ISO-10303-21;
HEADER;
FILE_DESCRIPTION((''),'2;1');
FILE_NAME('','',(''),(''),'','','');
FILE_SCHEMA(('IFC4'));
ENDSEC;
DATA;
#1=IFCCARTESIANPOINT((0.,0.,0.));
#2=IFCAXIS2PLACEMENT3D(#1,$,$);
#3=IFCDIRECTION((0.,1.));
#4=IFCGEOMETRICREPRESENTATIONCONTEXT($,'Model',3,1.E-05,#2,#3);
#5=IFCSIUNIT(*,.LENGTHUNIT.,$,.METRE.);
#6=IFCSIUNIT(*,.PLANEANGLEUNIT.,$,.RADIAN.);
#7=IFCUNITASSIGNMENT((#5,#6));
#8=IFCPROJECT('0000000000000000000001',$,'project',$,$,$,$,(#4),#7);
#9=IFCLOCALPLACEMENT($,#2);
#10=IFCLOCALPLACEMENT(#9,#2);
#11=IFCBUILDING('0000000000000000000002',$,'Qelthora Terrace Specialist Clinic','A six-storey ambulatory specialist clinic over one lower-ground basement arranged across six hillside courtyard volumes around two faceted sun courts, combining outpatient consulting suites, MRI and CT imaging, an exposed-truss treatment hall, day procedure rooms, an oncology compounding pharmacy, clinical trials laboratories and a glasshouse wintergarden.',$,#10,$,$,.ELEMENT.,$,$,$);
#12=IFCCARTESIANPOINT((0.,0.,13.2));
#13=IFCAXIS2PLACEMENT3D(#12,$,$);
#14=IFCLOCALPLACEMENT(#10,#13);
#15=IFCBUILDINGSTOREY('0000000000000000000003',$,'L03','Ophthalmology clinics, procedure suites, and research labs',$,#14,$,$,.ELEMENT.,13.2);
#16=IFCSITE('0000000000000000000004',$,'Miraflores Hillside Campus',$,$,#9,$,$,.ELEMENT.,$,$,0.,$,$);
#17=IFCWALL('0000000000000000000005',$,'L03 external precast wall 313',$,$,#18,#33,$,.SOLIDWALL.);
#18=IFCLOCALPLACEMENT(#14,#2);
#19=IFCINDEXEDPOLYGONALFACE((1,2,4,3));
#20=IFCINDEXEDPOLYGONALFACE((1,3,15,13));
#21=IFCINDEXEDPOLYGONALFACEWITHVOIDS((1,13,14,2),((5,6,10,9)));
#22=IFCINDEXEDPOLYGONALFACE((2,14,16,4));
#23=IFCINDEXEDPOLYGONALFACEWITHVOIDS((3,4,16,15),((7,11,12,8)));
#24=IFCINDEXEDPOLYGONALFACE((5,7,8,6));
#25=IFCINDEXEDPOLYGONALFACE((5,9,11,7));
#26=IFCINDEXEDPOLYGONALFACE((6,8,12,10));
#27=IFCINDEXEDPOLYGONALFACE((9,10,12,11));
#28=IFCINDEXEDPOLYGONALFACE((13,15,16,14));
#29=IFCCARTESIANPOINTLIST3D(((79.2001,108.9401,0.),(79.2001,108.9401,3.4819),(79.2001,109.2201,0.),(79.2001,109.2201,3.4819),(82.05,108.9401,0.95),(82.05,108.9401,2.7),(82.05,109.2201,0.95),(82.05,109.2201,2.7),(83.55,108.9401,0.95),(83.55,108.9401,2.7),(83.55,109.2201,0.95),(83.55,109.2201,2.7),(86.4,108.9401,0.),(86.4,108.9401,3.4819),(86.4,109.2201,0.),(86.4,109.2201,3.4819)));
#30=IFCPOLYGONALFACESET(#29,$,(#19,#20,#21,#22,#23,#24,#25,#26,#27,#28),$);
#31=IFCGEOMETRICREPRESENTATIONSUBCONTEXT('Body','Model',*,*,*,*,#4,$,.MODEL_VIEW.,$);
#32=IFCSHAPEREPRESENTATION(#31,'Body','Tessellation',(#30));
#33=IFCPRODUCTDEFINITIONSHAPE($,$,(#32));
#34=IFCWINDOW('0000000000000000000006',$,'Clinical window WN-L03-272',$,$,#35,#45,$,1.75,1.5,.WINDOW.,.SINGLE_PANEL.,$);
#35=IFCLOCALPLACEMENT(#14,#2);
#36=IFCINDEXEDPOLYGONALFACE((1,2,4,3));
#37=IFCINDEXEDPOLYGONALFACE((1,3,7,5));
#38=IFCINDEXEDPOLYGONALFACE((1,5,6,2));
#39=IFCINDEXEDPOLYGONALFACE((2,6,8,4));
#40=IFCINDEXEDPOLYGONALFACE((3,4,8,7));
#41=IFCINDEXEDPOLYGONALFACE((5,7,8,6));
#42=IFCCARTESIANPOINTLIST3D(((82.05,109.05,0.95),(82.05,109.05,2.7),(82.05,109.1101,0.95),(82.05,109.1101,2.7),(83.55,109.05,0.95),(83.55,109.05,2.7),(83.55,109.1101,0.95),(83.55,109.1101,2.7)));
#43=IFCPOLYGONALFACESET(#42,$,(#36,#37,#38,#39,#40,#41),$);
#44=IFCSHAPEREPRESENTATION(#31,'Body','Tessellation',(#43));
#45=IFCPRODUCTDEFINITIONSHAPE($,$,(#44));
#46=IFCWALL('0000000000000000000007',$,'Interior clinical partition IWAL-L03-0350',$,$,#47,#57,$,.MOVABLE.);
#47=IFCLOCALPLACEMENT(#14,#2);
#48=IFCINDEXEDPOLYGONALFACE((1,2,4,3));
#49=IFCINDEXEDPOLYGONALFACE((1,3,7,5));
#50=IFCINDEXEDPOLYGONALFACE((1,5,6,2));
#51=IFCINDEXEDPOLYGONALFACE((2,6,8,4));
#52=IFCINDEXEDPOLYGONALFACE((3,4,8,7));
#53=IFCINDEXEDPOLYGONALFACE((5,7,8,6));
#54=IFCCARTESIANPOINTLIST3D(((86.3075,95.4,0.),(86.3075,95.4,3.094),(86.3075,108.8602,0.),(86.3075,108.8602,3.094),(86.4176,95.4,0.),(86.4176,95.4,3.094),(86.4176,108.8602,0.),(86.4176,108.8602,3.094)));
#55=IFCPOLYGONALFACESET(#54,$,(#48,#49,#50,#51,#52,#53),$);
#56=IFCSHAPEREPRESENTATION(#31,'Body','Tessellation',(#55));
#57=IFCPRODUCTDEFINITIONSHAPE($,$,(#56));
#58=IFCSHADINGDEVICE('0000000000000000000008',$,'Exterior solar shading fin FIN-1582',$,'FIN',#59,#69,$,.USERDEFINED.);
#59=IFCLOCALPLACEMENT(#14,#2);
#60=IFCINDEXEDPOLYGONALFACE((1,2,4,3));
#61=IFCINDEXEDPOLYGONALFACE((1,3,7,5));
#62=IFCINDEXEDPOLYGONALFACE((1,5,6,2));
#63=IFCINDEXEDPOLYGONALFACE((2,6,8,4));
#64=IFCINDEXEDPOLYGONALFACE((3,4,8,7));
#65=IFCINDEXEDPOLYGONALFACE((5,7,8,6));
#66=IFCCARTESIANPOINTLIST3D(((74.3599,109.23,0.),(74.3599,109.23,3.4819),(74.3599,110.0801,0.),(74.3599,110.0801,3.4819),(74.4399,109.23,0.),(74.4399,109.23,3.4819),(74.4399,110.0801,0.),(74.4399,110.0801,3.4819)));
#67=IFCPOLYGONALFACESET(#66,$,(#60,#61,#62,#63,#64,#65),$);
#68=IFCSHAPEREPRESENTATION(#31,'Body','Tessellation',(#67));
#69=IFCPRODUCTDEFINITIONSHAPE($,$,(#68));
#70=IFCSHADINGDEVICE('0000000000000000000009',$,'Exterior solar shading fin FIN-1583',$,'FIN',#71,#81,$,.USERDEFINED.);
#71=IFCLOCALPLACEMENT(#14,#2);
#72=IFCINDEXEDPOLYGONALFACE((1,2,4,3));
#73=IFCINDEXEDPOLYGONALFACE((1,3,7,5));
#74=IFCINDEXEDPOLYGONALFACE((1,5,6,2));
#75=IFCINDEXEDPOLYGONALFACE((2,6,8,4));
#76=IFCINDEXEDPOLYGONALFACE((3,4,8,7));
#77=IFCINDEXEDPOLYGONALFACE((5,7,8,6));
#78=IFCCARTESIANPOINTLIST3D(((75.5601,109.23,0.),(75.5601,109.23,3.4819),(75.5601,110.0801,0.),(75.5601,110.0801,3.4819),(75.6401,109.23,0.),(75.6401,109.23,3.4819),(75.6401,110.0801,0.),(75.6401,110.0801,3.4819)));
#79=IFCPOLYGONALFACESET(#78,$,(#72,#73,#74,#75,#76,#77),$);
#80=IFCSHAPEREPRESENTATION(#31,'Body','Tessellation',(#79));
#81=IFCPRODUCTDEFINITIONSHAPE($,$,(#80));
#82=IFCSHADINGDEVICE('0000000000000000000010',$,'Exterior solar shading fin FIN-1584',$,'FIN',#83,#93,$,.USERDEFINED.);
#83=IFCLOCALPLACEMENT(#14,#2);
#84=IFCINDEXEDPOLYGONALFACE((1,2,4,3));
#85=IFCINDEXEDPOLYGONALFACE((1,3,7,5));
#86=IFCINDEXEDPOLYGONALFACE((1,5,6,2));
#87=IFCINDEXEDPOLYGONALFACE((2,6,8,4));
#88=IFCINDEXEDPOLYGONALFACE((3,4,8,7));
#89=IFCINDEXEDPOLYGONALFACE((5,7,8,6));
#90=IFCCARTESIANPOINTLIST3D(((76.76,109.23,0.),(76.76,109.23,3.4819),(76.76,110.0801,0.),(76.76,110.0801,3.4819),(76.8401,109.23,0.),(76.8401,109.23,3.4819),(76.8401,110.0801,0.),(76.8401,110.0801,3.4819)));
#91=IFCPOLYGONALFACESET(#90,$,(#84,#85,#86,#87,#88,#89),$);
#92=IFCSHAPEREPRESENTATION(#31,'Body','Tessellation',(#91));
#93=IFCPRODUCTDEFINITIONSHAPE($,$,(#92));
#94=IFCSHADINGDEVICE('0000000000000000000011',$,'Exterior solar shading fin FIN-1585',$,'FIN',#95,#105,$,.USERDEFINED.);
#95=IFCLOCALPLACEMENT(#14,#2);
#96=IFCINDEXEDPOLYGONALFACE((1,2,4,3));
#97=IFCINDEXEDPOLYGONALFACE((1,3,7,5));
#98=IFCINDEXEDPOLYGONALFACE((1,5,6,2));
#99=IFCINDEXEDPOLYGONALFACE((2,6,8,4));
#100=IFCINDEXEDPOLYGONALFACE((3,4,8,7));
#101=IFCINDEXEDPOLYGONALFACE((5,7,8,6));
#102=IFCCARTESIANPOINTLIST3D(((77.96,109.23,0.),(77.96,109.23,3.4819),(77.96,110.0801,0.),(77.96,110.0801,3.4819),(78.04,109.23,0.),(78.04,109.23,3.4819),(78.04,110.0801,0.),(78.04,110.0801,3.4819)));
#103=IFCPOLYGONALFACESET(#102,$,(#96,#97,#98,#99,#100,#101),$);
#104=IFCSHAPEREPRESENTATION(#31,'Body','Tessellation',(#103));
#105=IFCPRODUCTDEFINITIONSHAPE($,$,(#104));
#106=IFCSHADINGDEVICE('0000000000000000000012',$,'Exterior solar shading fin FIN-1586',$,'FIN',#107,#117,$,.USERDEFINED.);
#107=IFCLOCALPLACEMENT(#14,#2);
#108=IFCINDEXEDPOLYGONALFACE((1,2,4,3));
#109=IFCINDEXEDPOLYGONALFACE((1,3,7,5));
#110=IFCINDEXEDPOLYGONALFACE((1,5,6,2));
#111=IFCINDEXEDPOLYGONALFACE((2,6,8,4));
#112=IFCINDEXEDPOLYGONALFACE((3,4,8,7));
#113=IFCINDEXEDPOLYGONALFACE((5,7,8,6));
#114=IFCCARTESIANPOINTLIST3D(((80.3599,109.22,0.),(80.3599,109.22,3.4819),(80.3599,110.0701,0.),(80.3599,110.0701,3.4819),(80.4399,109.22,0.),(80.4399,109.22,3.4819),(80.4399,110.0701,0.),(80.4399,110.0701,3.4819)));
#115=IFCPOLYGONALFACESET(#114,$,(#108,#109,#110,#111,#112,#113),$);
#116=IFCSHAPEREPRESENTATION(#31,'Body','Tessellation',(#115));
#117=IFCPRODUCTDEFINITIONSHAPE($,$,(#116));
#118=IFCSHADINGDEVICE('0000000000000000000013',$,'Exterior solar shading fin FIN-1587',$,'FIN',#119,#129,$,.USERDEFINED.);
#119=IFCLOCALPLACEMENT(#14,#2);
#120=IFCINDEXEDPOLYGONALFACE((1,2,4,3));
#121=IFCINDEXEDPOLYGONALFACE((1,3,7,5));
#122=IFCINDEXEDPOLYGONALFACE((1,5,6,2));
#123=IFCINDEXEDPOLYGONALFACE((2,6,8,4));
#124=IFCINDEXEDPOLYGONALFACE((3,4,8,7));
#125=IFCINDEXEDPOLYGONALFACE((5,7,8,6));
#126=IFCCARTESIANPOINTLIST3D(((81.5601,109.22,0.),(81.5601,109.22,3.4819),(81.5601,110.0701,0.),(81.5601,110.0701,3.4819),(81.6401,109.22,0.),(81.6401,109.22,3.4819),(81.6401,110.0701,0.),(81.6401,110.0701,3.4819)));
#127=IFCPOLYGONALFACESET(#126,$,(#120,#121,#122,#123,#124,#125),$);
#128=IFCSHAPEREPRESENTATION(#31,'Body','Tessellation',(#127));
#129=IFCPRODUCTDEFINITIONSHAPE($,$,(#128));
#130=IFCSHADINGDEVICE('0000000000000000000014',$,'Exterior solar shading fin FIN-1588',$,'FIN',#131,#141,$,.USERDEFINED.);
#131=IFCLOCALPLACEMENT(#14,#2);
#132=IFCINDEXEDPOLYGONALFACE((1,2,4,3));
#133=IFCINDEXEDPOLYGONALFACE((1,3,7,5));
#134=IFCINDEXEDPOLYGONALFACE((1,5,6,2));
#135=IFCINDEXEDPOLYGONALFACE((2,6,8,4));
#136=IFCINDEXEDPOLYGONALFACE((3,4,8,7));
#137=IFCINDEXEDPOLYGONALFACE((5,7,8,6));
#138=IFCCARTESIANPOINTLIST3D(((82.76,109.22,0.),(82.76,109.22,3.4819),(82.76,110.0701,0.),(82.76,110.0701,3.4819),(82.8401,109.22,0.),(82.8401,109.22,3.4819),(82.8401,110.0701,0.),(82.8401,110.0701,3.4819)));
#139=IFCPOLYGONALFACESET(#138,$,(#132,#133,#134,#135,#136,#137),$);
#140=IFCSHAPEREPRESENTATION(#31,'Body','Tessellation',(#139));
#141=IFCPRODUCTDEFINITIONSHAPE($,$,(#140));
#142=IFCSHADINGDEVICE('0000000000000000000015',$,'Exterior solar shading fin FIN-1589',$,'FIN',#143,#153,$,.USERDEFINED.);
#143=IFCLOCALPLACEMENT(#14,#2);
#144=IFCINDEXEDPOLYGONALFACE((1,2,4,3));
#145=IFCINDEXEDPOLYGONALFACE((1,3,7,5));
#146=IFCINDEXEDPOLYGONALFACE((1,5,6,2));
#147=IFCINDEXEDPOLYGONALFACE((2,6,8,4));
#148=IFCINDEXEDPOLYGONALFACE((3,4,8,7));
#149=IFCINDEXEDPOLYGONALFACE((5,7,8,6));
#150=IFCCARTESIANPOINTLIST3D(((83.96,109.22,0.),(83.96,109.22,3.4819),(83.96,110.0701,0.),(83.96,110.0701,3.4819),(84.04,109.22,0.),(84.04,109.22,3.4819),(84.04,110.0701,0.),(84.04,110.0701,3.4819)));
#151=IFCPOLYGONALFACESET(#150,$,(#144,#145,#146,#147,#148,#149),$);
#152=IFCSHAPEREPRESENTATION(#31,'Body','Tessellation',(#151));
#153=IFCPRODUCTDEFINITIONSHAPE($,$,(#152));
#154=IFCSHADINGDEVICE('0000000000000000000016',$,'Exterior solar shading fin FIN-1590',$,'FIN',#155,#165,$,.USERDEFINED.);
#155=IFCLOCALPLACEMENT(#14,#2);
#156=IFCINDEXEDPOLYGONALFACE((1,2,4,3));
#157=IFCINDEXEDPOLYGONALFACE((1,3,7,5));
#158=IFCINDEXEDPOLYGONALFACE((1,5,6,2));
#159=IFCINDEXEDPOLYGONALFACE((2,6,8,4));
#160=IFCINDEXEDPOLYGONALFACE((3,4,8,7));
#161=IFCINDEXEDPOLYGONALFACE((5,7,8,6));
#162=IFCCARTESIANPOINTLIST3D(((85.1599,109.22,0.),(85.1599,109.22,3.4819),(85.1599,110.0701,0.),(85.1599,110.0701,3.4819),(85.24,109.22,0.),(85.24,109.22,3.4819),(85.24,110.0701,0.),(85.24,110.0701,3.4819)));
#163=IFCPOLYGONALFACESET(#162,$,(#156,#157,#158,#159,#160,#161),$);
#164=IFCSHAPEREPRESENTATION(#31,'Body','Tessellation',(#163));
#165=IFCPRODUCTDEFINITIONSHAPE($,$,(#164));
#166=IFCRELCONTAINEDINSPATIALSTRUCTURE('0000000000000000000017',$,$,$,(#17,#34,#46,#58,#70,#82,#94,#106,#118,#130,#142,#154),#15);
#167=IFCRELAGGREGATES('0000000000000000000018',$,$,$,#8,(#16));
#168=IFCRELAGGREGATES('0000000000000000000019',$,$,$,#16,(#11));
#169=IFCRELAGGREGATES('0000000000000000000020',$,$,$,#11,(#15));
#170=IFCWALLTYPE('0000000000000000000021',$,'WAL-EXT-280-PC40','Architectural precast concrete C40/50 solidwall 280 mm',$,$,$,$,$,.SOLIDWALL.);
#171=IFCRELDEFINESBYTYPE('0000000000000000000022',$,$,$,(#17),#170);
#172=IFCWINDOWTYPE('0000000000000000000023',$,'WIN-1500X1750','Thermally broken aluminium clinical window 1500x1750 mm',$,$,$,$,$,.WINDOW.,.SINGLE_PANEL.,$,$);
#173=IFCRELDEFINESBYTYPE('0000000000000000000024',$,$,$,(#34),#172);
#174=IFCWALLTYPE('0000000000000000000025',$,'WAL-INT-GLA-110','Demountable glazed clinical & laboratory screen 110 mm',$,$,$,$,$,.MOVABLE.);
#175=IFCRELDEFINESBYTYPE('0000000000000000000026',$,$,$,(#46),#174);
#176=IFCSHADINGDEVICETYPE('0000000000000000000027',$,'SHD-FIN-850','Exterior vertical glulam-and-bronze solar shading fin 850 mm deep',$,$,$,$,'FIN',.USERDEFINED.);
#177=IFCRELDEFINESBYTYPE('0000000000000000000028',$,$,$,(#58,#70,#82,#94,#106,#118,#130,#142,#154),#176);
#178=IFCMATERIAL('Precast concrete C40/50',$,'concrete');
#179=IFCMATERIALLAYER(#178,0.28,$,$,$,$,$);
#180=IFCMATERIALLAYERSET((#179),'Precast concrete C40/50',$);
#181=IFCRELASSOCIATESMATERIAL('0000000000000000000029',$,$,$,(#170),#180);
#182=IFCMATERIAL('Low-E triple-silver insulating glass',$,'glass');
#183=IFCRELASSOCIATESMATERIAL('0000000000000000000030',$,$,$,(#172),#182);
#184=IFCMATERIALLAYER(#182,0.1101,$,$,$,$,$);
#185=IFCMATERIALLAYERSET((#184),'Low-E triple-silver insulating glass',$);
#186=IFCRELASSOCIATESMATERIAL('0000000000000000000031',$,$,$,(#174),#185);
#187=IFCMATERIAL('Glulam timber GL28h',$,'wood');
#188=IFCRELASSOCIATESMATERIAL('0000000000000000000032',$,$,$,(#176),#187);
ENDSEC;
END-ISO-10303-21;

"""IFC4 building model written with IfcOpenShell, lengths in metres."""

from ifc_helpers import new_model, si_unit, direction, frame, frame_2d, origin, origin_2d, place, context, subcontext, project, spatial, rectangle, extrude, material, layer, layer_set, type_object, element, fill, save


model = new_model("IFC4")

# Units and contexts
model_context = context("Model", 3, precision=1e-05, world=origin(), true_north=direction((0.0, 1.0)))
body_context = subcontext(model_context, "Body", "Model", "MODEL_VIEW")
ifc_project = project(units=[si_unit("LENGTHUNIT", "METRE"), si_unit("PLANEANGLEUNIT", "RADIAN")], contexts=[model_context])

# Site, building, storey
site_placement = place(None, origin())
site = spatial("IfcSite", under=ifc_project, at=site_placement, Name="Miraflores Hillside Campus", CompositionType="ELEMENT", RefElevation=0.0)
building_placement = place(site_placement, origin())
building = spatial("IfcBuilding", under=site, at=building_placement, Name="Qelthora Terrace Specialist Clinic", Description="A six-storey ambulatory specialist clinic over one lower-ground basement arranged across six hillside courtyard volumes around two faceted sun courts, combining outpatient consulting suites, MRI and CT imaging, an exposed-truss treatment hall, day procedure rooms, an oncology compounding pharmacy, clinical trials laboratories and a glasshouse wintergarden.", CompositionType="ELEMENT")
storey_placement = place(building_placement, frame((0.0, 0.0, 13.2)))
storey = spatial("IfcBuildingStorey", under=building, at=storey_placement, Name="L03", Description="Ophthalmology clinics, procedure suites, and research labs", CompositionType="ELEMENT", Elevation=13.2)

# Wall, opening, window
ifc_material_1 = material(Name="Precast concrete C40/50", Category="concrete")
ifc_material_2 = material(Name="Low-E triple-silver insulating glass", Category="glass")
ifc_layer_1 = layer(ifc_material_1, 0.28)
ifc_layer_set_1 = layer_set([ifc_layer_1], Name="Precast concrete C40/50")
wall_type_1 = type_object("IfcWallType", Name="WAL-EXT-280-PC40", Description="Architectural precast concrete C40/50 solidwall 280 mm", PredefinedType="SOLIDWALL", material=ifc_layer_set_1)
wall_1_placement = place(storey_placement, frame((79.2, 109.0801, 0.0), z_axis=(0.0, 0.0, 1.0), x_axis=(1.0, 0.0, 0.0)))
wall_1 = element("IfcWall", 1, at=wall_1_placement, inside=storey, type_object=wall_type_1, Name="L03 external precast wall 313", PredefinedType="SOLIDWALL", context=body_context, shape_type="SweptSolid", body=[
    extrude(rectangle(XDim=7.2, YDim=0.28, at=frame_2d((3.6001, 0.0))), origin(), (0.0, 0.0, 1.0), 3.4819),
])
opening_1_placement = place(wall_1_placement, frame((2.8501, 0.0, 0.95)))
opening_1 = element("IfcOpeningElement", 2, at=opening_1_placement, cuts=wall_1, PredefinedType="OPENING", context=body_context, shape_type="SweptSolid", body=[
    extrude(rectangle(XDim=1.5, YDim=1.75, at=frame_2d((0.75, 0.875))), frame((0.0, 0.1499, 0.0), z_axis=(0.0, -1.0, 0.0), x_axis=(1.0, 0.0, 0.0)), (0.0, 0.0, 1.0), 0.3),
])
window_type_1 = type_object("IfcWindowType", Name="WIN-1500X1750", Description="Thermally broken aluminium clinical window 1500x1750 mm", PartitioningType="SINGLE_PANEL", PredefinedType="WINDOW", material=ifc_material_2)
window_1_placement = place(opening_1_placement, origin())
window_1 = element("IfcWindow", 3, at=window_1_placement, inside=storey, type_object=window_type_1, Name="Clinical window WN-L03-272", OverallHeight=1.75, OverallWidth=1.5, PartitioningType="SINGLE_PANEL", PredefinedType="WINDOW", context=body_context, shape_type="SweptSolid", body=[
    extrude(rectangle(XDim=1.5, YDim=1.75, at=frame_2d((0.75, 0.875))), frame((0.0, 0.03, 0.0), z_axis=(0.0, -1.0, 0.0), x_axis=(1.0, 0.0, 0.0)), (0.0, 0.0, 1.0), 0.0601),
])
fill(opening_1, window_1)

# Wall
ifc_layer_2 = layer(ifc_material_2, 0.1101)
ifc_layer_set_2 = layer_set([ifc_layer_2], Name="Low-E triple-silver insulating glass")
wall_type_2 = type_object("IfcWallType", Name="WAL-INT-GLA-110", Description="Demountable glazed clinical & laboratory screen 110 mm", PredefinedType="MOVABLE", material=ifc_layer_set_2)
wall_2_placement = place(storey_placement, frame((86.3625, 108.8601, 0.0), z_axis=(0.0, 0.0, 1.0), x_axis=(0.0, -1.0, 0.0)))
element("IfcWall", 4, at=wall_2_placement, inside=storey, type_object=wall_type_2, Name="Interior clinical partition IWAL-L03-0350", PredefinedType="MOVABLE", context=body_context, shape_type="SweptSolid", body=[
    extrude(rectangle(XDim=13.4602, YDim=0.1101, at=frame_2d((6.73, 0.0))), origin(), (0.0, 0.0, 1.0), 3.094),
])

# Shading devices
ifc_material_3 = material(Name="Glulam timber GL28h", Category="wood")
shading_device_type = type_object("IfcShadingDeviceType", Name="SHD-FIN-850", Description="Exterior vertical glulam-and-bronze solar shading fin 850 mm deep", ElementType="FIN", PredefinedType="USERDEFINED", material=ifc_material_3)
for number, where, z_axis, x_axis, name in (
    (5, (74.3999, 109.655, 0.0), (0.0, 0.0, 1.0), (0.0, 1.0, 0.0), "Exterior solar shading fin FIN-1582"),
    (6, (75.6001, 109.655, 0.0), (0.0, 0.0, 1.0), (0.0, 1.0, 0.0), "Exterior solar shading fin FIN-1583"),
    (7, (76.8, 109.655, 0.0), (0.0, 0.0, 1.0), (0.0, 1.0, 0.0), "Exterior solar shading fin FIN-1584"),
    (8, (78.0, 109.655, 0.0), (0.0, 0.0, 1.0), (0.0, 1.0, 0.0), "Exterior solar shading fin FIN-1585"),
    (9, (80.3999, 109.645, 0.0), (0.0, 0.0, 1.0), (0.0, 1.0, 0.0), "Exterior solar shading fin FIN-1586"),
    (10, (81.6001, 109.645, 0.0), (0.0, 0.0, 1.0), (0.0, 1.0, 0.0), "Exterior solar shading fin FIN-1587"),
    (11, (82.8, 109.645, 0.0), (0.0, 0.0, 1.0), (0.0, 1.0, 0.0), "Exterior solar shading fin FIN-1588"),
    (12, (84.0, 109.645, 0.0), (0.0, 0.0, 1.0), (0.0, 1.0, 0.0), "Exterior solar shading fin FIN-1589"),
    (13, (85.2, 109.645, 0.0), (0.0, 0.0, 1.0), (0.0, 1.0, 0.0), "Exterior solar shading fin FIN-1590"),
):
    element("IfcShadingDevice", number, at=place(storey_placement, frame(where, z_axis=z_axis, x_axis=x_axis)), inside=storey, type_object=shading_device_type, Name=name, ObjectType="FIN", PredefinedType="USERDEFINED", context=body_context, shape_type="SweptSolid", body=[
        extrude(rectangle(XDim=0.8501, YDim=0.0801, at=origin_2d()), origin(), (0.0, 0.0, 1.0), 3.4819),
    ])

save(model, "model.ifc")
